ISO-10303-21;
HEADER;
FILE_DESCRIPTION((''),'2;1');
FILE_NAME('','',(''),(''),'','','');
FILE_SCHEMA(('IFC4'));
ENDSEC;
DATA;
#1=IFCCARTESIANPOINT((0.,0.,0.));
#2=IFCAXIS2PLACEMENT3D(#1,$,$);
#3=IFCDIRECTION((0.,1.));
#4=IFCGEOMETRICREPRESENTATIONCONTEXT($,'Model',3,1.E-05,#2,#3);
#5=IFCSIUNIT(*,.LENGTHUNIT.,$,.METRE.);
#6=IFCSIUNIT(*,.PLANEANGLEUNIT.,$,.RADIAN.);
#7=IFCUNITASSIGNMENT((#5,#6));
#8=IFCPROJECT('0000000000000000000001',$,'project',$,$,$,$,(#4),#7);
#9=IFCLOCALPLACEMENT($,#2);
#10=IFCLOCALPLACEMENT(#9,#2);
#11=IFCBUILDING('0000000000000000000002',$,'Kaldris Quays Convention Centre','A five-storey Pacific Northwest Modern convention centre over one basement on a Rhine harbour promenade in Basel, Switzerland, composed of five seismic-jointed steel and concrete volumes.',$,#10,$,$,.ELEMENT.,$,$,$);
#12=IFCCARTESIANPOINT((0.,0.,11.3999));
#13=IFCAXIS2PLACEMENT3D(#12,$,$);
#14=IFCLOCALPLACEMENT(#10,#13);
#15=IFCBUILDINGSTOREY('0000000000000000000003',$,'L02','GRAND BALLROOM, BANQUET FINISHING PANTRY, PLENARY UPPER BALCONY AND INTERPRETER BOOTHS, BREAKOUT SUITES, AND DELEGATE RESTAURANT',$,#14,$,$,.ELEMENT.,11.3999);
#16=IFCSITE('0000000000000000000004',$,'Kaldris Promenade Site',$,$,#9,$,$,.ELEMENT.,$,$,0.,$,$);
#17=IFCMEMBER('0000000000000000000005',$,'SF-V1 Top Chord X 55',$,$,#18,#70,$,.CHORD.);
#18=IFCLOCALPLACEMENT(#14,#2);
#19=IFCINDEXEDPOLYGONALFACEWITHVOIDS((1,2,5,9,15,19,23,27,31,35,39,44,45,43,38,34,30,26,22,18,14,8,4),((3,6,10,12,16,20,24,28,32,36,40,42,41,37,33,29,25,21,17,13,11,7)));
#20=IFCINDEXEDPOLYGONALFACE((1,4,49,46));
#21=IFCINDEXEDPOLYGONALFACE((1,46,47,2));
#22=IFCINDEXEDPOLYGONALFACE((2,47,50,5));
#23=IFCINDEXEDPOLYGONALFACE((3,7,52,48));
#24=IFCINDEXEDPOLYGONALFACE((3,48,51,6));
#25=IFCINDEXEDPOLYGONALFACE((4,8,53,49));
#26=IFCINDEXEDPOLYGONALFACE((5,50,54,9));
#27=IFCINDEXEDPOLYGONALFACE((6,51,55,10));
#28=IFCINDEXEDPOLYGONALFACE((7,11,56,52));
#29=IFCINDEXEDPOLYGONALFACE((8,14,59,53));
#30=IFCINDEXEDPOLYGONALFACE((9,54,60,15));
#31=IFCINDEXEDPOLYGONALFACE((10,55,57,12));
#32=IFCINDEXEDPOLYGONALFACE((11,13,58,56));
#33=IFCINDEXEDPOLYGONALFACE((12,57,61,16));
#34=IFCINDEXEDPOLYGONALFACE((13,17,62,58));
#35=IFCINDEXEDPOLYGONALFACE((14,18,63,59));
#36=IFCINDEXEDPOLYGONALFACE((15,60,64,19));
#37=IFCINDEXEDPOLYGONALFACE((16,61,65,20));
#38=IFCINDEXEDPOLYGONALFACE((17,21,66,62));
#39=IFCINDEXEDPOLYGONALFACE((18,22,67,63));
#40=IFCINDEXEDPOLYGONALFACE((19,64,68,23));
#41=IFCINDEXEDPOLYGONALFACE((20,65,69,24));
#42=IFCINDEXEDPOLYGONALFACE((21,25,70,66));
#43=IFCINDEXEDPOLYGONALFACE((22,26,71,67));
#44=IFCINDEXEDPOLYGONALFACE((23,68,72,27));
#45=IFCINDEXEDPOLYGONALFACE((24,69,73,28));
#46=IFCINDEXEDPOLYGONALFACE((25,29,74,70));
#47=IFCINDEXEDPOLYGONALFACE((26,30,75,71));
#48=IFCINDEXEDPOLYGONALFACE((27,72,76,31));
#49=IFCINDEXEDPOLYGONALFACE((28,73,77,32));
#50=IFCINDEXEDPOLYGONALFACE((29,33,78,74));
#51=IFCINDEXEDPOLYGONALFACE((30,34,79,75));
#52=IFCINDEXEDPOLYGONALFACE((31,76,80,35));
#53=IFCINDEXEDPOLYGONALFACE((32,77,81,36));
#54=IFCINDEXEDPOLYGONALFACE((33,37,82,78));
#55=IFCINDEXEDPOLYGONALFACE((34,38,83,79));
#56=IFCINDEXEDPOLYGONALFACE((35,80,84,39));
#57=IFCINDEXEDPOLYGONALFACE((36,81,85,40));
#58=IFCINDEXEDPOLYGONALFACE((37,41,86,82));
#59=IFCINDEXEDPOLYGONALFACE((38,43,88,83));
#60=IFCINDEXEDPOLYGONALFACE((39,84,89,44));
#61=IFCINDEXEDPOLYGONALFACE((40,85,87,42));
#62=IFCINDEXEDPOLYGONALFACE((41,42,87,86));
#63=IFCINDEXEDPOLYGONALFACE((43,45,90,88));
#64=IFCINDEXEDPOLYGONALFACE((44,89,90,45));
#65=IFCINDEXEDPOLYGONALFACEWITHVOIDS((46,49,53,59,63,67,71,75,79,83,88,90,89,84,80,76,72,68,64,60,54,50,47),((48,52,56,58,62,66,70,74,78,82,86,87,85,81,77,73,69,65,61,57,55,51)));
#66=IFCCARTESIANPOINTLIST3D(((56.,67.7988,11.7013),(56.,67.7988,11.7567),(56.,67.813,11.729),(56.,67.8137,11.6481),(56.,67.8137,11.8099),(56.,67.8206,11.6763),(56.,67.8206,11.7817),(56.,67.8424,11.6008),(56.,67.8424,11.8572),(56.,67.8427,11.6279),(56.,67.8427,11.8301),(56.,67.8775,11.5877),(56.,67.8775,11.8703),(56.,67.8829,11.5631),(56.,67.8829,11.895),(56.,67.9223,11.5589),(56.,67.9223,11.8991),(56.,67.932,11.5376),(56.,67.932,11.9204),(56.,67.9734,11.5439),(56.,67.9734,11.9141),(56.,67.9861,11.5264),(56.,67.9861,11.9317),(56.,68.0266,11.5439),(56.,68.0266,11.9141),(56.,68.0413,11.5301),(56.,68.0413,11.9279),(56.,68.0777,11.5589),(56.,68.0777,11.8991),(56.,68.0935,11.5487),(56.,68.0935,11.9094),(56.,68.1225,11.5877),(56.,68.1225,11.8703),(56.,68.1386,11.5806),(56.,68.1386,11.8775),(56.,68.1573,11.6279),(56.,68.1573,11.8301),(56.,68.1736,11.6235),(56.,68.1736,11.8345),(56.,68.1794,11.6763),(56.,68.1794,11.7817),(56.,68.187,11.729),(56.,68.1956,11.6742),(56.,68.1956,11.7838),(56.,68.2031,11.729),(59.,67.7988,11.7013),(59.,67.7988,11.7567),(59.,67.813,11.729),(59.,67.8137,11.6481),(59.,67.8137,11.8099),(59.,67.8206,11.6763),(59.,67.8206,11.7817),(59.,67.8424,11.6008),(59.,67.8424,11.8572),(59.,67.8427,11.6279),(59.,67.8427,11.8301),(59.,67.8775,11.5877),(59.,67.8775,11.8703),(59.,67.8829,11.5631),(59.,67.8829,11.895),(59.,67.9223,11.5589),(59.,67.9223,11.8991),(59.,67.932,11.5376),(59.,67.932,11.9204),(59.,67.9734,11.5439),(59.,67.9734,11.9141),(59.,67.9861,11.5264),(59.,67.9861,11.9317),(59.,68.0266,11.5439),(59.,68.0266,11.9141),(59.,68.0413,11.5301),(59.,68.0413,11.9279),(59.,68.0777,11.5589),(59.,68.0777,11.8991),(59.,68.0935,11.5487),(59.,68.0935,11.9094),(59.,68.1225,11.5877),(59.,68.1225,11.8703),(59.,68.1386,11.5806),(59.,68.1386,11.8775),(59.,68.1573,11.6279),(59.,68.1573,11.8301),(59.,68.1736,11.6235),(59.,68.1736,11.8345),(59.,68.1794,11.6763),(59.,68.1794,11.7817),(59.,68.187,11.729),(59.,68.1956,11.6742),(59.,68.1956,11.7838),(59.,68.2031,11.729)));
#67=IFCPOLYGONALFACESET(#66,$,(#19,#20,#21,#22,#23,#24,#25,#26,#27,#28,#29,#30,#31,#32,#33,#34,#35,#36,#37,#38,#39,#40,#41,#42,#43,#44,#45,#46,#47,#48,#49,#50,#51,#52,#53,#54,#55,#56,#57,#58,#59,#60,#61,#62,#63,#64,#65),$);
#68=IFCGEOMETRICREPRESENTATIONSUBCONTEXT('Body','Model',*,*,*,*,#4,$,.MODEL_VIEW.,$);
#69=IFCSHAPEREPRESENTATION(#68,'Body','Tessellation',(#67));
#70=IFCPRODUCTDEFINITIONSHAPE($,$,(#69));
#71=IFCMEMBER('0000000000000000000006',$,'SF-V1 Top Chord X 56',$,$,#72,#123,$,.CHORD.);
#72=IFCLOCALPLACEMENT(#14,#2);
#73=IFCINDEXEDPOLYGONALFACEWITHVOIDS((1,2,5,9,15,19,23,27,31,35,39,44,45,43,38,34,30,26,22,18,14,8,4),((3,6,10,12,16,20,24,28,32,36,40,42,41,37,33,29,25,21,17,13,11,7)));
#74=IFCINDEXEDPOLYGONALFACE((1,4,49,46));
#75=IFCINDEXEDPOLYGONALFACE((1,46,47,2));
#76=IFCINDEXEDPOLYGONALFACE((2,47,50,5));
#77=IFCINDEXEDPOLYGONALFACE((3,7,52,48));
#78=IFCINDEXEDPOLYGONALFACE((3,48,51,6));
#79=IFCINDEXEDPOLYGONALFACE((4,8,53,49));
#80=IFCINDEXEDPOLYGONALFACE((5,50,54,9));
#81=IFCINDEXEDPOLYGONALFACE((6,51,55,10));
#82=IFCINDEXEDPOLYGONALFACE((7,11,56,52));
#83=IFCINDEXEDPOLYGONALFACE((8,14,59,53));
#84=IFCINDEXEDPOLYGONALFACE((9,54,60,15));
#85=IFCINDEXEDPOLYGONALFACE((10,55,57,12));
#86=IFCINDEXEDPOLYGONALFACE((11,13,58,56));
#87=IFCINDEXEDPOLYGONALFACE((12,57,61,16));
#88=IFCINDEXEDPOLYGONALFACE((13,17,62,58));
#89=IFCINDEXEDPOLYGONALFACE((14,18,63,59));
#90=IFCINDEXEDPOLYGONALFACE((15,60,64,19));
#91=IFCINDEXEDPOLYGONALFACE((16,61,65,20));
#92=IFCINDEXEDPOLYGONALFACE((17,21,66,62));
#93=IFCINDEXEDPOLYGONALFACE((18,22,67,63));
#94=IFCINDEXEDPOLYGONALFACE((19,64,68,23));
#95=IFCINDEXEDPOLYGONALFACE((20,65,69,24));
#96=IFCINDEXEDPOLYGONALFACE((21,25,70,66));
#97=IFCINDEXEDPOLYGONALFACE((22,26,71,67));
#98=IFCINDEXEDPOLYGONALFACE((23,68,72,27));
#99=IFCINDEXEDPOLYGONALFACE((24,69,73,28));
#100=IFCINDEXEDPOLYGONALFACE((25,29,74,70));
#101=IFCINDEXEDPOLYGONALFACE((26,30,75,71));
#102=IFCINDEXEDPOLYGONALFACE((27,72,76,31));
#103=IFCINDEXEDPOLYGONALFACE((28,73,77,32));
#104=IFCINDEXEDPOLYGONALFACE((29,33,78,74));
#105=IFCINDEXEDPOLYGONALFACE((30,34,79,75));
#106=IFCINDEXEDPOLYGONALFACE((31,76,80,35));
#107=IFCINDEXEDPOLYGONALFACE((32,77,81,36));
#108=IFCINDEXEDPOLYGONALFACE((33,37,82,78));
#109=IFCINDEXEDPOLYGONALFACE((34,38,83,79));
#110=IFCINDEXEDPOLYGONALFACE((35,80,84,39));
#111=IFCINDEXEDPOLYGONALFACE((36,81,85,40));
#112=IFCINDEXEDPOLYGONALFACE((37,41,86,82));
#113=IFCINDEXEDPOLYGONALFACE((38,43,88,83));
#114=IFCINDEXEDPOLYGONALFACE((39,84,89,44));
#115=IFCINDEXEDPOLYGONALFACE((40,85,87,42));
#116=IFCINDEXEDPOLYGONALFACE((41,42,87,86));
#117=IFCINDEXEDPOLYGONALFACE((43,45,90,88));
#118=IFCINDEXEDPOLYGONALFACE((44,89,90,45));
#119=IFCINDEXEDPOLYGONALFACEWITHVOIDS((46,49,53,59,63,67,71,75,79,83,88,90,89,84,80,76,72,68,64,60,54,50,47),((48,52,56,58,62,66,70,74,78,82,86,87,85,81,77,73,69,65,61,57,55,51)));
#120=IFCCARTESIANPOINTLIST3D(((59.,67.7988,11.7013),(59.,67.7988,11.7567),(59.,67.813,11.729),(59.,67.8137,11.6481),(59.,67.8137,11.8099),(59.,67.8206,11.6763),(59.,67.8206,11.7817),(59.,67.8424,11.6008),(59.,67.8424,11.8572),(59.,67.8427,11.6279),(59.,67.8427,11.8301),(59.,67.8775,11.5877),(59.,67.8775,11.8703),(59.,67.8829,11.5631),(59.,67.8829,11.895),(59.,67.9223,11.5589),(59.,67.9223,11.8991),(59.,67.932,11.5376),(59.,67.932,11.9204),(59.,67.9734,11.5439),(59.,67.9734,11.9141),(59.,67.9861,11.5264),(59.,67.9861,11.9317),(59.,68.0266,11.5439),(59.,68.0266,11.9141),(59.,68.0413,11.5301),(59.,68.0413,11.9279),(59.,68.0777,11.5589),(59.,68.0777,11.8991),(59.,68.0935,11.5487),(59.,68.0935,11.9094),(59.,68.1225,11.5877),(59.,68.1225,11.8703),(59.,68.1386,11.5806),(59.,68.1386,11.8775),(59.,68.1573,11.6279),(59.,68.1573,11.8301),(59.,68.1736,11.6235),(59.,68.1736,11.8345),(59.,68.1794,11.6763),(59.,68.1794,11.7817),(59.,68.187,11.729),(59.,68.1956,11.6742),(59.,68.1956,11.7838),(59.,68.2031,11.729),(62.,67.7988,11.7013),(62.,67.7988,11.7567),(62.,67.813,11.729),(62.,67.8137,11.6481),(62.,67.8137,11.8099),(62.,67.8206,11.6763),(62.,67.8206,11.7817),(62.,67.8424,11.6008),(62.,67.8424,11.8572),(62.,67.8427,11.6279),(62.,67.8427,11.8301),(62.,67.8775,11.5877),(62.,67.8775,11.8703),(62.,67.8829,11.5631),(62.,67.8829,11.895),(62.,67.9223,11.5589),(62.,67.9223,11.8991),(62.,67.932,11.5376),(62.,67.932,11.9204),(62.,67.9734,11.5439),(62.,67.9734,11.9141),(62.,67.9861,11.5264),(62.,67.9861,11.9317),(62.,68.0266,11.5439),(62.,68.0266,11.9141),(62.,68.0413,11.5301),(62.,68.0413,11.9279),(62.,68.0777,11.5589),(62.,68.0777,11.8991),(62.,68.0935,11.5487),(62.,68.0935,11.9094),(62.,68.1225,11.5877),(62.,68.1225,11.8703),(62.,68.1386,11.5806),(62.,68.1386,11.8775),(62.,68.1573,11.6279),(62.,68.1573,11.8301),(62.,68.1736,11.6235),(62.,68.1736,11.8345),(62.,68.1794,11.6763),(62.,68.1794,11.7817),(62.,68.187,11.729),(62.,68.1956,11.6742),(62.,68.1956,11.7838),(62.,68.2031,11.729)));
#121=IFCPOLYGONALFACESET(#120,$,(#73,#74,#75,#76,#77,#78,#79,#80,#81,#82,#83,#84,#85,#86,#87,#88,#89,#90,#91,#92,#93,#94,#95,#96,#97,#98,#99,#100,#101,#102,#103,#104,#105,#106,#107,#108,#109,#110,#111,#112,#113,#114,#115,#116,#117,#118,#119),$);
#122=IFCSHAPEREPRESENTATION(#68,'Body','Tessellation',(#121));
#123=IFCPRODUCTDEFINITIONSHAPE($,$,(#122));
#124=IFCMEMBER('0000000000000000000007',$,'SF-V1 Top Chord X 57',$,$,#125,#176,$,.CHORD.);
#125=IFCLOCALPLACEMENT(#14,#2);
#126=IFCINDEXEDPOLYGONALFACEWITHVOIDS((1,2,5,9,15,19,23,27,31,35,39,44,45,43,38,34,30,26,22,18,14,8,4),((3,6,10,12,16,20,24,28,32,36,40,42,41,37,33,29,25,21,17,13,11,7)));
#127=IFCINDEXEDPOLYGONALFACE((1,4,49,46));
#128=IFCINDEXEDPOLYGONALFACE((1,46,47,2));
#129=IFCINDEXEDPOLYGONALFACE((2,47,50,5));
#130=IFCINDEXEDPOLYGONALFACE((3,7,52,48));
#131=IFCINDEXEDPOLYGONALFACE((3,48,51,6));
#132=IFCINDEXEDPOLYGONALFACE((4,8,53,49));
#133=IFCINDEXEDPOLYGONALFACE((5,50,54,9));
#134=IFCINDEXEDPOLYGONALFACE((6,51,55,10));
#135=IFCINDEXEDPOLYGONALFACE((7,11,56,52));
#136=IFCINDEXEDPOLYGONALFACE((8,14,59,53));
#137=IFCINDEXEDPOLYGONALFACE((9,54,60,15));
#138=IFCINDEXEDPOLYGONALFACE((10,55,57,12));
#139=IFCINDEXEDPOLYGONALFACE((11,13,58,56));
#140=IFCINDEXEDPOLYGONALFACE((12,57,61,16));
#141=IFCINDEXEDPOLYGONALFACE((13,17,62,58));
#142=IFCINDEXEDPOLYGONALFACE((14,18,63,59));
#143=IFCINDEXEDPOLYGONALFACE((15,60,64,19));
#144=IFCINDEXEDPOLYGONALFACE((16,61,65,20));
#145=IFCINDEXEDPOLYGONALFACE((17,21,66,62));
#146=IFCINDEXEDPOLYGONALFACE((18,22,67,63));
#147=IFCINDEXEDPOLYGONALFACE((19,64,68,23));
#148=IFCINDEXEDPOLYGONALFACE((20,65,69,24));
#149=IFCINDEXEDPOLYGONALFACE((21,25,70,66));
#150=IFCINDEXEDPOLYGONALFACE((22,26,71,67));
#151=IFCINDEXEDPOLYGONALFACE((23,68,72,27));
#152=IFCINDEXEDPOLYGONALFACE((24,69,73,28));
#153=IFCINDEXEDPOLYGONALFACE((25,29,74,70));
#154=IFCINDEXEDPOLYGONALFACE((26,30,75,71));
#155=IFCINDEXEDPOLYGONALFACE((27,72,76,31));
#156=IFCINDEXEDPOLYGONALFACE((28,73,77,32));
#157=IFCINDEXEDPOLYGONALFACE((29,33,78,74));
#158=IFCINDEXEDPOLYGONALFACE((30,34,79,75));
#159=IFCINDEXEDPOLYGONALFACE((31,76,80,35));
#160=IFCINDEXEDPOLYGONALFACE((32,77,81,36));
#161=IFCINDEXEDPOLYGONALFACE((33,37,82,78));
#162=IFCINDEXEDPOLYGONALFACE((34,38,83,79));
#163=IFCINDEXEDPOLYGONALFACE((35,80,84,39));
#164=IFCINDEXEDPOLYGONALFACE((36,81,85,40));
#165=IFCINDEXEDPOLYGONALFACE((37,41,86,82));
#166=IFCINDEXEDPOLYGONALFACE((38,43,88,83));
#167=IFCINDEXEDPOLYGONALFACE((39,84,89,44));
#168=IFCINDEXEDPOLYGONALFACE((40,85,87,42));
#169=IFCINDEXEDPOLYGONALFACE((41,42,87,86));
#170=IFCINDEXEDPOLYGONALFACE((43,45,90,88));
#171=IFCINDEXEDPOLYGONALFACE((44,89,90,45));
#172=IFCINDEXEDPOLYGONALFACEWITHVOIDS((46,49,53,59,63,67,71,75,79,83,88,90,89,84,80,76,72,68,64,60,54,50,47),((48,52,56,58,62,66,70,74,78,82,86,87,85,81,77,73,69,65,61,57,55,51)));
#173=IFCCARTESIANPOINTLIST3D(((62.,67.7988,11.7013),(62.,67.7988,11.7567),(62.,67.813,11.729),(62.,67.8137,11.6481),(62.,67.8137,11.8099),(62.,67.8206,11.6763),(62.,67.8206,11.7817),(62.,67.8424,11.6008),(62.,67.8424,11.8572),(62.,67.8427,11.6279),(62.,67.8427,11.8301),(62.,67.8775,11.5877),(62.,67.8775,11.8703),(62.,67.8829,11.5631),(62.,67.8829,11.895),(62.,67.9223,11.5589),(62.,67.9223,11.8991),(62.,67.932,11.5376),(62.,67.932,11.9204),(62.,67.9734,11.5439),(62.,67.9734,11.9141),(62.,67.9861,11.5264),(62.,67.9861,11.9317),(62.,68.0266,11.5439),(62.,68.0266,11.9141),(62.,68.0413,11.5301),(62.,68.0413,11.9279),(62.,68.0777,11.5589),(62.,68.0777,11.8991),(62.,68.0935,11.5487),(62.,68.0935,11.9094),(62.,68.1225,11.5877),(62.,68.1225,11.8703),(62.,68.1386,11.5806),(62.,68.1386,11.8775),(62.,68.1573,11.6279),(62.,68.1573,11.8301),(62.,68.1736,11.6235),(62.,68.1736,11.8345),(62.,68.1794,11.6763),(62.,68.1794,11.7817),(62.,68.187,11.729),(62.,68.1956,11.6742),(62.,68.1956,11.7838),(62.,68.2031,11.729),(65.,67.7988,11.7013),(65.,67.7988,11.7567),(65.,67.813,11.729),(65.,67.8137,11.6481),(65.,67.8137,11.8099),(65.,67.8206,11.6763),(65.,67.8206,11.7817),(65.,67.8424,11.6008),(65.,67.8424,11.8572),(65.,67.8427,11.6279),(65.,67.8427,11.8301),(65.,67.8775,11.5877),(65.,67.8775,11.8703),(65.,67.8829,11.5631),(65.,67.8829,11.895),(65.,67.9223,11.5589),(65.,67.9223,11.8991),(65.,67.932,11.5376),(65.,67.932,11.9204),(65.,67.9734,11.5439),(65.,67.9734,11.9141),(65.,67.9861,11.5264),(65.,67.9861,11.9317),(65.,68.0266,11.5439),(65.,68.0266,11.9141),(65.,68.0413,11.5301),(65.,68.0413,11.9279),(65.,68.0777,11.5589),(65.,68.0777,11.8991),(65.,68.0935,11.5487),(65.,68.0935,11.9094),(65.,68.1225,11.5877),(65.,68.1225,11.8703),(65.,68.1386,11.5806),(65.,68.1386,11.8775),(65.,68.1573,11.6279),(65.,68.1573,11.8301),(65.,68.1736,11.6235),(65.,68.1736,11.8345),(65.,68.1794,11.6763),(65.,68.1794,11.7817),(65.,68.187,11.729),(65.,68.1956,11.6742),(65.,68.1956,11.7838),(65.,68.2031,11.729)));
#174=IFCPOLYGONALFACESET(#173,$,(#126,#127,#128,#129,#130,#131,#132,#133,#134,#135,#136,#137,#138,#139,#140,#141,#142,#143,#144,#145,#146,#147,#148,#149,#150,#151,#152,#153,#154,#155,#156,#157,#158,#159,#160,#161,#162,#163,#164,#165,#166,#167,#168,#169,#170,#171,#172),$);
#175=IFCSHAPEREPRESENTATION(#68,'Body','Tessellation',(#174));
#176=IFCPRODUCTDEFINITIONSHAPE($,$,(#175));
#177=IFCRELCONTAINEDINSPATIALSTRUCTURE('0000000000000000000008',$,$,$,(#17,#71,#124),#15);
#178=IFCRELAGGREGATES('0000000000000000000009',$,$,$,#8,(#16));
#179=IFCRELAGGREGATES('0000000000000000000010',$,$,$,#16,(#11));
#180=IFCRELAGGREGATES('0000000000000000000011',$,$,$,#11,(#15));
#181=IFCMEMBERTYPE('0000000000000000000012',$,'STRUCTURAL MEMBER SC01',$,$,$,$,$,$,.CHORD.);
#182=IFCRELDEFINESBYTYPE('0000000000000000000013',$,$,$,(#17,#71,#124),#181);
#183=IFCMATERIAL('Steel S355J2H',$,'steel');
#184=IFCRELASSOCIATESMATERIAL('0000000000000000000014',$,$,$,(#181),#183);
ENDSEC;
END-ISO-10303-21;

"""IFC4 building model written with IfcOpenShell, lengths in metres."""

from ifc_helpers import new_model, si_unit, direction, frame, origin, origin_2d, place, context, subcontext, project, spatial, hollow_circle, extrude, material, material_profile, profile_set, type_object, element, save


model = new_model("IFC4")

# Units and contexts
model_context = context("Model", 3, precision=1e-05, world=origin(), true_north=direction((0.0, 1.0)))
body_context = subcontext(model_context, "Body", "Model", "MODEL_VIEW")
ifc_project = project(units=[si_unit("LENGTHUNIT", "METRE"), si_unit("PLANEANGLEUNIT", "RADIAN")], contexts=[model_context])

# Site, building, storey
site_placement = place(None, origin())
site = spatial("IfcSite", under=ifc_project, at=site_placement, Name="Kaldris Promenade Site", CompositionType="ELEMENT", RefElevation=0.0)
building_placement = place(site_placement, origin())
building = spatial("IfcBuilding", under=site, at=building_placement, Name="Kaldris Quays Convention Centre", Description="A five-storey Pacific Northwest Modern convention centre over one basement on a Rhine harbour promenade in Basel, Switzerland, composed of five seismic-jointed steel and concrete volumes.", CompositionType="ELEMENT")
storey_placement = place(building_placement, frame((0.0, 0.0, 11.3999)))
storey = spatial("IfcBuildingStorey", under=building, at=storey_placement, Name="L02", Description="GRAND BALLROOM, BANQUET FINISHING PANTRY, PLENARY UPPER BALCONY AND INTERPRETER BOOTHS, BREAKOUT SUITES, AND DELEGATE RESTAURANT", CompositionType="ELEMENT", Elevation=11.3999)

# Members
ifc_material = material(Name="Steel S355J2H", Category="steel")
ifc_material_profile_1 = material_profile(ifc_material, hollow_circle(Radius=0.2031, WallThickness=0.0161, at=origin_2d()), Name="CHS 406.4x16")
ifc_profile_set_1 = profile_set([ifc_material_profile_1], Name="Steel S355J2H")
member_type_1 = type_object("IfcMemberType", Name="STRUCTURAL MEMBER SC01", PredefinedType="CHORD", material=ifc_profile_set_1)
for number, where, z_axis, x_axis, name in (
    (1, (56.0, 68.0, 11.729), (1.0, 0.0, 0.0), (0.0, 1.0, 0.0), "SF-V1 Top Chord X 55"),
    (2, (59.0, 68.0, 11.729), (1.0, 0.0, 0.0), (0.0, 1.0, 0.0), "SF-V1 Top Chord X 56"),
    (3, (62.0, 68.0, 11.729), (1.0, 0.0, 0.0), (0.0, 1.0, 0.0), "SF-V1 Top Chord X 57"),
):
    element("IfcMember", number, at=place(storey_placement, frame(where, z_axis=z_axis, x_axis=x_axis)), inside=storey, type_object=member_type_1, Name=name, PredefinedType="CHORD", context=body_context, shape_type="SweptSolid", body=[
        extrude(hollow_circle(Radius=0.2031, WallThickness=0.0161, at=origin_2d()), origin(), (0.0, 0.0, 1.0), 3.0),
    ])

save(model, "model.ifc")
